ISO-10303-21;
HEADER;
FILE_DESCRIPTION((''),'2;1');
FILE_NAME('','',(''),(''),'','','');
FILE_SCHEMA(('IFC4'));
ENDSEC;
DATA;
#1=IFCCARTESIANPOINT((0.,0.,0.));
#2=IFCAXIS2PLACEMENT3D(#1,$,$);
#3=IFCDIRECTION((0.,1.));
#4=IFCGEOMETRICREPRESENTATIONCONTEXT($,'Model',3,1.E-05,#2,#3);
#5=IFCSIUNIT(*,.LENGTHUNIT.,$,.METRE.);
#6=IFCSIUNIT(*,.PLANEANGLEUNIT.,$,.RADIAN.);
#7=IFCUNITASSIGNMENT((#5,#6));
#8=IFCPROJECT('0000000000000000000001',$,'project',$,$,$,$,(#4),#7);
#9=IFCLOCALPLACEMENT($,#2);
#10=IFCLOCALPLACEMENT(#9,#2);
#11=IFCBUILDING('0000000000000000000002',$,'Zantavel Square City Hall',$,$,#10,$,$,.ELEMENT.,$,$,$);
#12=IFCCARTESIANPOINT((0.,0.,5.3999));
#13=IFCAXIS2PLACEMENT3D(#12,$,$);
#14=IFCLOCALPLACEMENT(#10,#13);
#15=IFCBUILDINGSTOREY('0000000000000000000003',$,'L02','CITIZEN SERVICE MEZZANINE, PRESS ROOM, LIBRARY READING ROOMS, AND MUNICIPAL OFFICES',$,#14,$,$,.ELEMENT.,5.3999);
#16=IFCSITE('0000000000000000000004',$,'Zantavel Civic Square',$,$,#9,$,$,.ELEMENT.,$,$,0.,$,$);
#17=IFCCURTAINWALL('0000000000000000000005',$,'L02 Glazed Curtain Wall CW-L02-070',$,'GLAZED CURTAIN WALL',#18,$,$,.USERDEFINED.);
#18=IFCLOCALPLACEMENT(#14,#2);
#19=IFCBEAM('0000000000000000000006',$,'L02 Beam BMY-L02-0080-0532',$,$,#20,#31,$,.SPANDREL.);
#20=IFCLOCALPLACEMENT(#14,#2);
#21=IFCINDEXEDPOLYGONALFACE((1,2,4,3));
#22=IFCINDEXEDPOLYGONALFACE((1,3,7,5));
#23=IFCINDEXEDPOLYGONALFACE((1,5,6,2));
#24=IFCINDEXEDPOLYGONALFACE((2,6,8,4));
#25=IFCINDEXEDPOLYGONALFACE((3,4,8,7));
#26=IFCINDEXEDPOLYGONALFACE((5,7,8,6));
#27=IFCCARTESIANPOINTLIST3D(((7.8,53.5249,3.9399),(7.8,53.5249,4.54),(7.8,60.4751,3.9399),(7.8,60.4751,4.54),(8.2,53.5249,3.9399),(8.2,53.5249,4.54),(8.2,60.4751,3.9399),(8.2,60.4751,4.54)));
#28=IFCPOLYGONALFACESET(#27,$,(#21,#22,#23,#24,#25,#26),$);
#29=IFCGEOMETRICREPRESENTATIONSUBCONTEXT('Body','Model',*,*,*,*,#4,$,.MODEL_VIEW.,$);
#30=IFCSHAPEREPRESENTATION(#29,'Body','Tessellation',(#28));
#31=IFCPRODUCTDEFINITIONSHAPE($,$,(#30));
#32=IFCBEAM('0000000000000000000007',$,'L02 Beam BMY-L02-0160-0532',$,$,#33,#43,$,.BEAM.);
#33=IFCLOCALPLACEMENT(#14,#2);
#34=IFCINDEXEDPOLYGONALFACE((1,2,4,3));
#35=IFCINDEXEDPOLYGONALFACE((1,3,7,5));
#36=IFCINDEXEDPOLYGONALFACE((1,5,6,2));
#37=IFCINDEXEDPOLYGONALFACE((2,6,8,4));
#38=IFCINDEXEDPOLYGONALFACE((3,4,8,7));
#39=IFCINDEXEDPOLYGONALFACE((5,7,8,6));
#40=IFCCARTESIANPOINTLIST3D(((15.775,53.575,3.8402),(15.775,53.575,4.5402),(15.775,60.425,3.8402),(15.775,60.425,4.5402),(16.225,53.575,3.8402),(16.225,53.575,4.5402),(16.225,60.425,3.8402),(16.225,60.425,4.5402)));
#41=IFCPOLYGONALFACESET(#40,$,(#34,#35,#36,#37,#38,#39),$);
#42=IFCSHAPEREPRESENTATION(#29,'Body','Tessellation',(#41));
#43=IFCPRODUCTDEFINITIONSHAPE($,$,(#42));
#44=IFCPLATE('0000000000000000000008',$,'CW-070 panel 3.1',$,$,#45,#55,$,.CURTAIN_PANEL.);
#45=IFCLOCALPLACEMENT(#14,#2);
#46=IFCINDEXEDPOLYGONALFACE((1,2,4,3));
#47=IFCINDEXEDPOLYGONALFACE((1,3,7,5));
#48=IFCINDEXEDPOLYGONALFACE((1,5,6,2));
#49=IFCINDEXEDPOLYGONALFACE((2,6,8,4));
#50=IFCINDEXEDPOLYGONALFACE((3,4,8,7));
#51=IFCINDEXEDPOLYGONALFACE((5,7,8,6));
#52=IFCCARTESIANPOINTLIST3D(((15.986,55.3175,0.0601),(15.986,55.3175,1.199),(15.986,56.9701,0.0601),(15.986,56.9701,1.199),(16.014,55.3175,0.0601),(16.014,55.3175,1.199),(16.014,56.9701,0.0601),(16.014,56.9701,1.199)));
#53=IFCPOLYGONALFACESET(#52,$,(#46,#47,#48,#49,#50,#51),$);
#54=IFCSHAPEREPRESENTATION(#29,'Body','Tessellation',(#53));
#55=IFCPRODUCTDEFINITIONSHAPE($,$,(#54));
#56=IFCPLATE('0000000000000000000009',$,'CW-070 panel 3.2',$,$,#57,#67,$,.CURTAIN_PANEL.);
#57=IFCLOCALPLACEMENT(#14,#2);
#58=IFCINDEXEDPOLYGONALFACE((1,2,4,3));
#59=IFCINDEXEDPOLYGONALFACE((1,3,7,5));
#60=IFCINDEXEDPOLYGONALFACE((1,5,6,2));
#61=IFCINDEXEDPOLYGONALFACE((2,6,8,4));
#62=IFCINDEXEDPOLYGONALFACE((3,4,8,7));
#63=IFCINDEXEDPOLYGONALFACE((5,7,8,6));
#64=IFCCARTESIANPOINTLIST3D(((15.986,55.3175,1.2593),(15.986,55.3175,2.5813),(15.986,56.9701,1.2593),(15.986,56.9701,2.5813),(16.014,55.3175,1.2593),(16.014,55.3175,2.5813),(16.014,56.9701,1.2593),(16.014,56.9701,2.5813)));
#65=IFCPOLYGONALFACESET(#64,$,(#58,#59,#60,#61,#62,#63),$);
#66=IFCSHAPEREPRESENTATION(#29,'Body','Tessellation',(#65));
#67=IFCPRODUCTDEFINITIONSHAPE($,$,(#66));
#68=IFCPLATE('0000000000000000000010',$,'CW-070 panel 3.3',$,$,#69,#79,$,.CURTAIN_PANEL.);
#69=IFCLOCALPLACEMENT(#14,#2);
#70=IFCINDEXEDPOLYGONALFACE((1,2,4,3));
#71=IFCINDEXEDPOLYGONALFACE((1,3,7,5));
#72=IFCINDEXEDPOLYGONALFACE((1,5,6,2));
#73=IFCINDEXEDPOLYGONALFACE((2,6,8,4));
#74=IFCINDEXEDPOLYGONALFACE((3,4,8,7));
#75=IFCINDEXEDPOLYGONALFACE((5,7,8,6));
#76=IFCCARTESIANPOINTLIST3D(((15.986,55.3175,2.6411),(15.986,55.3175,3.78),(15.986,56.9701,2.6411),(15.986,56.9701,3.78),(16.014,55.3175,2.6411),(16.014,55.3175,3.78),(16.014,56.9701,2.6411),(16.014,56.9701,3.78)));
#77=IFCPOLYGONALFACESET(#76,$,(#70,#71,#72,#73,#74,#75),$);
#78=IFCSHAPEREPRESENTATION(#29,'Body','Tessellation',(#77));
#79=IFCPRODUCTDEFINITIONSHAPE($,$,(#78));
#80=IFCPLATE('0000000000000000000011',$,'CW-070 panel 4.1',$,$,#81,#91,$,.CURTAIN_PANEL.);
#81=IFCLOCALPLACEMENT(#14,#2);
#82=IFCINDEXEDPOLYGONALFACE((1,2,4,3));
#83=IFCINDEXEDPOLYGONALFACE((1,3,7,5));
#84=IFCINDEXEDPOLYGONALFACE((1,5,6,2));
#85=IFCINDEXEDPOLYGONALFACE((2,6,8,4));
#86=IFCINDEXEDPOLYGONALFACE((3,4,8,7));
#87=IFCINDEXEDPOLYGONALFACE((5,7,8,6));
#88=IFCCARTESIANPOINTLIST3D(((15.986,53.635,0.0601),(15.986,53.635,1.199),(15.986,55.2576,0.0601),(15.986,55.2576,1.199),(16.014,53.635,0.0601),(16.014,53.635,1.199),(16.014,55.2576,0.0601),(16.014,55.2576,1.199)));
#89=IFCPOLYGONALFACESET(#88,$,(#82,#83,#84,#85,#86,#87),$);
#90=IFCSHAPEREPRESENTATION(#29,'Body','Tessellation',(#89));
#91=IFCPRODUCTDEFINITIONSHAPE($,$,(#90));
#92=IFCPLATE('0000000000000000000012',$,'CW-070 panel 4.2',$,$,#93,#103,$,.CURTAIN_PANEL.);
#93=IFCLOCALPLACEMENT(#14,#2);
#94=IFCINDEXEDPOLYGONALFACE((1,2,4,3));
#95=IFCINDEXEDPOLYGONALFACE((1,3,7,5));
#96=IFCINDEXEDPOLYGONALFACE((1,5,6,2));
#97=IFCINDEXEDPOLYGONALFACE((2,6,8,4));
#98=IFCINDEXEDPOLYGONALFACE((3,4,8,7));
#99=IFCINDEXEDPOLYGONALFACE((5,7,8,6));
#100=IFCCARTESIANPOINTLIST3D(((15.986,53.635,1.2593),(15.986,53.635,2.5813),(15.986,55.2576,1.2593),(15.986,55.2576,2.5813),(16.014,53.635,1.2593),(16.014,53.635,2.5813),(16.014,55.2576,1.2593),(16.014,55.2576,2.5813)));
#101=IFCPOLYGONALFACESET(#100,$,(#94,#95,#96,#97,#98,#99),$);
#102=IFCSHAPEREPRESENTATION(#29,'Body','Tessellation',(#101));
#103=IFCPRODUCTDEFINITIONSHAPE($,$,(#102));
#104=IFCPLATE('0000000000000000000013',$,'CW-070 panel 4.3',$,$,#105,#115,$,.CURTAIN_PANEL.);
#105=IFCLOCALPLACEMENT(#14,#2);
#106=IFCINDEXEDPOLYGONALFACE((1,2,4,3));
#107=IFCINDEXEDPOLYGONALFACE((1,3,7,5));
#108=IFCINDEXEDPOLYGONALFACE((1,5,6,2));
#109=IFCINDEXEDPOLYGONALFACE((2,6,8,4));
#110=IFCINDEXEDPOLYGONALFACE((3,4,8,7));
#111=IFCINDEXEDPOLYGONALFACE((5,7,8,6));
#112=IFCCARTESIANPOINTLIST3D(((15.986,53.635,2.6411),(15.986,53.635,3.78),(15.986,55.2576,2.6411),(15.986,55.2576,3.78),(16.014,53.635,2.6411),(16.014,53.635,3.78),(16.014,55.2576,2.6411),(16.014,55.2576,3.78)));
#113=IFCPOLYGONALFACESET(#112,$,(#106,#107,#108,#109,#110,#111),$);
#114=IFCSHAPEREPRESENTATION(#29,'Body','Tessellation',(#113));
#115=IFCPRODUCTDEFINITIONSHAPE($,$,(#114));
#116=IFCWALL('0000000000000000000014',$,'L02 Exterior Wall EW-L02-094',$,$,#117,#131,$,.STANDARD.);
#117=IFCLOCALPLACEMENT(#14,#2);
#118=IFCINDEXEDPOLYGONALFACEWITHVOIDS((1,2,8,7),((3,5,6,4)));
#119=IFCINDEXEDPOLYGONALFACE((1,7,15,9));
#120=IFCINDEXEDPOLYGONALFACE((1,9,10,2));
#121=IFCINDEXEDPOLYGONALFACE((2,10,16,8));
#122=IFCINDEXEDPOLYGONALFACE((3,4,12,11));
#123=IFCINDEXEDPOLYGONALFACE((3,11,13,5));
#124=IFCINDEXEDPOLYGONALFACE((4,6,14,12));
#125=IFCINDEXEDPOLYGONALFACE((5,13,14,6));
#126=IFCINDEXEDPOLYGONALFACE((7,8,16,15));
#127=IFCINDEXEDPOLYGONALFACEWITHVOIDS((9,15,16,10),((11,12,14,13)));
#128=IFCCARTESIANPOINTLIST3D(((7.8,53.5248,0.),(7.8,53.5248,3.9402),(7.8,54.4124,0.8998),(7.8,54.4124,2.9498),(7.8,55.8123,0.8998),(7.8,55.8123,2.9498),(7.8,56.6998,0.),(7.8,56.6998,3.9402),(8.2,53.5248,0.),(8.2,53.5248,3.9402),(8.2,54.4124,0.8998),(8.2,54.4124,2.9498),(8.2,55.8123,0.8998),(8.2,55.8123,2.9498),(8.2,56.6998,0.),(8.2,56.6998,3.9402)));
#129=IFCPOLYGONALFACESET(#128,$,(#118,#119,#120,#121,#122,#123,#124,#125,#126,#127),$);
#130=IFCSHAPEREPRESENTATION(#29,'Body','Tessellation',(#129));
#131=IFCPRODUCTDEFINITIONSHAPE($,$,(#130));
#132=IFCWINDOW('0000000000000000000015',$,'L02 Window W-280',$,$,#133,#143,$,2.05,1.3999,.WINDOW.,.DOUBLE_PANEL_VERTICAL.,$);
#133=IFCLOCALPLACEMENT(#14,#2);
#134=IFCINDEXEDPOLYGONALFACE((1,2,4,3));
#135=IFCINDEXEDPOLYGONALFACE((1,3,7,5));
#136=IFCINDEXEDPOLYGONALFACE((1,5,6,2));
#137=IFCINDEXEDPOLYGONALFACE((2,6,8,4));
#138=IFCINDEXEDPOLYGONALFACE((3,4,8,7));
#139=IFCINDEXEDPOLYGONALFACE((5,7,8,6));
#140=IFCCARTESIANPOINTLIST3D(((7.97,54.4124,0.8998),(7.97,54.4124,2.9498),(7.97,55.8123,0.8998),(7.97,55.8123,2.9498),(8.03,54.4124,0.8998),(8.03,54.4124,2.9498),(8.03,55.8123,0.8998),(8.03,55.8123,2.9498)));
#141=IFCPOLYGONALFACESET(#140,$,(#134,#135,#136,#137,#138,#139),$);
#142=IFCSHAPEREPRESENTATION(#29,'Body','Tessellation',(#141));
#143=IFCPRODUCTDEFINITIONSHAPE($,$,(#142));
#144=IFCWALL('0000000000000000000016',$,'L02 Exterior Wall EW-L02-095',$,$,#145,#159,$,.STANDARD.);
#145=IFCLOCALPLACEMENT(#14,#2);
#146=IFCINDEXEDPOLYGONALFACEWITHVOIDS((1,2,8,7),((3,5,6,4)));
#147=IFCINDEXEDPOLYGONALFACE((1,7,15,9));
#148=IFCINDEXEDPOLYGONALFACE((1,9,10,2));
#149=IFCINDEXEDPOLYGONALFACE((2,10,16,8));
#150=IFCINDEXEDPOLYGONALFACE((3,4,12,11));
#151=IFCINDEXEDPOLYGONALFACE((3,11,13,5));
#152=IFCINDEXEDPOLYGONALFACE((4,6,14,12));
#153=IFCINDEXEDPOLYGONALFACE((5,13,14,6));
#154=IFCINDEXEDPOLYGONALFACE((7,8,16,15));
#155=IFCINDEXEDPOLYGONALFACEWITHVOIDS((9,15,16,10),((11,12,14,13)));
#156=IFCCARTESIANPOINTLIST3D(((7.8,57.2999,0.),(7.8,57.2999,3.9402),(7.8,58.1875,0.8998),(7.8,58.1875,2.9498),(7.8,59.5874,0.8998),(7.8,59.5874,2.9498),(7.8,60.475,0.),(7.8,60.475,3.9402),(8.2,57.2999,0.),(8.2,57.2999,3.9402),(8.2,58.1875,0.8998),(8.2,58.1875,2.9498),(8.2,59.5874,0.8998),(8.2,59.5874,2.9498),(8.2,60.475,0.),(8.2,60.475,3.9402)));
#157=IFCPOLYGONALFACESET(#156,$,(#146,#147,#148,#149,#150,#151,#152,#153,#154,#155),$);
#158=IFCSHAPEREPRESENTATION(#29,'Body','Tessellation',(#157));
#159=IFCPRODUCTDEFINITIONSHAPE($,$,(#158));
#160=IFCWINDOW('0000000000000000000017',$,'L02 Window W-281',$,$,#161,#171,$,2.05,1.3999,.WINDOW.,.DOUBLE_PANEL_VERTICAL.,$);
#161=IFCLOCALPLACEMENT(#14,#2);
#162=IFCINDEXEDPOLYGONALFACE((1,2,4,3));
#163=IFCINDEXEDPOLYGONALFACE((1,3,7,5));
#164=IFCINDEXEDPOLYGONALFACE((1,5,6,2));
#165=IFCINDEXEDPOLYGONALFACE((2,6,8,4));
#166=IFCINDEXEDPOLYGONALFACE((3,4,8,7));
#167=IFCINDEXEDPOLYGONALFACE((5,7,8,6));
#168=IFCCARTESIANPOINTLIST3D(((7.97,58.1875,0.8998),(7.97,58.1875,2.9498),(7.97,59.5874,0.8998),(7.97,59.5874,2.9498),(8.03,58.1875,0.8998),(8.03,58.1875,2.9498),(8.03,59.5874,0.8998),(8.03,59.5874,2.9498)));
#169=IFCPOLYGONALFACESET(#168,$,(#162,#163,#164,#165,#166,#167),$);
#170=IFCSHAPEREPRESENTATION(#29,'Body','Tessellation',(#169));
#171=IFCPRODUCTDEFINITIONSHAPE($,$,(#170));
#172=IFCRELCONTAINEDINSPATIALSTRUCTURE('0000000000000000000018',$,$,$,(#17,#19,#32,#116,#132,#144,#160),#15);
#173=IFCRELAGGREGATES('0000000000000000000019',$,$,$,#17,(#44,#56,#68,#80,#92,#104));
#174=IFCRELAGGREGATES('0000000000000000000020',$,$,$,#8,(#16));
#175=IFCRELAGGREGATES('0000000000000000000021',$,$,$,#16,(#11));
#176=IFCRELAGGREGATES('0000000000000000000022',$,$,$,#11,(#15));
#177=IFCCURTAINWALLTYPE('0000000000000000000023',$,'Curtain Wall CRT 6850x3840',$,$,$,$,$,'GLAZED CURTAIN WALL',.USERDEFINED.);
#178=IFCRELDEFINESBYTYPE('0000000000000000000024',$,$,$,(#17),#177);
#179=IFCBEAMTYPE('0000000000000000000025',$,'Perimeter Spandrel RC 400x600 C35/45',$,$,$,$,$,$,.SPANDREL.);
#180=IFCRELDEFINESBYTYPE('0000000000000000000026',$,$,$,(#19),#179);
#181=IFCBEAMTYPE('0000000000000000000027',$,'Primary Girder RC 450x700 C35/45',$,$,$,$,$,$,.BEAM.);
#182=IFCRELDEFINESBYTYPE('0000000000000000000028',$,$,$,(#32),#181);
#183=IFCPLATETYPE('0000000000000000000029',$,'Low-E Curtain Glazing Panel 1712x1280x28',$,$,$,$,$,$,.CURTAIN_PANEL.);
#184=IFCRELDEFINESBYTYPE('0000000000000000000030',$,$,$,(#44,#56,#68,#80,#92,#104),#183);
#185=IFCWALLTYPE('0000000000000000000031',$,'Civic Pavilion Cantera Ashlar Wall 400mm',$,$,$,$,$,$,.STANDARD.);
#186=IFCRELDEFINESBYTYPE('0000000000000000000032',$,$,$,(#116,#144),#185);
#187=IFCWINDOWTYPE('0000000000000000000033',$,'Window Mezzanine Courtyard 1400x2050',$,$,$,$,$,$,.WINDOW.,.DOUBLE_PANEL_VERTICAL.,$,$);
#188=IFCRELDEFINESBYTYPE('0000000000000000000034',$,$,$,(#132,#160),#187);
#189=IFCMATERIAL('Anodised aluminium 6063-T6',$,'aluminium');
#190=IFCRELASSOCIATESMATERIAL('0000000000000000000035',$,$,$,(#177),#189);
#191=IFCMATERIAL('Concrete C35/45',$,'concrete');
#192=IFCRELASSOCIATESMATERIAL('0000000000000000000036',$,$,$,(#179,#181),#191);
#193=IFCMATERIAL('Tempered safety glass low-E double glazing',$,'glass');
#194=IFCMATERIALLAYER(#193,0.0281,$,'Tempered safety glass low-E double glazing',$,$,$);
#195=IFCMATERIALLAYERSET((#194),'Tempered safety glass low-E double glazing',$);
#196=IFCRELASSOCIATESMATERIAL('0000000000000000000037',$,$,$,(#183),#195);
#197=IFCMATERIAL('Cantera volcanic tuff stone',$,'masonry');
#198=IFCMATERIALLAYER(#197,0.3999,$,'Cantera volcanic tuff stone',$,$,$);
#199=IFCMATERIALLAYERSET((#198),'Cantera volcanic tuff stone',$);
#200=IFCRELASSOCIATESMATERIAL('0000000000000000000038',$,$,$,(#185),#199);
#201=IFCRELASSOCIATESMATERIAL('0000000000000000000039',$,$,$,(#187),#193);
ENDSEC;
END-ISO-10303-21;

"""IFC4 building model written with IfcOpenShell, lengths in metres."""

from ifc_helpers import new_model, si_unit, direction, frame, frame_2d, origin, origin_2d, place, context, subcontext, project, spatial, rectangle, extrude, material, layer, layer_set, material_profile, profile_set, type_object, element, fill, aggregate, save


model = new_model("IFC4")

# Units and contexts
model_context = context("Model", 3, precision=1e-05, world=origin(), true_north=direction((0.0, 1.0)))
body_context = subcontext(model_context, "Body", "Model", "MODEL_VIEW")
ifc_project = project(units=[si_unit("LENGTHUNIT", "METRE"), si_unit("PLANEANGLEUNIT", "RADIAN")], contexts=[model_context])

# Site, building, storey
site_placement = place(None, origin())
site = spatial("IfcSite", under=ifc_project, at=site_placement, Name="Zantavel Civic Square", CompositionType="ELEMENT", RefElevation=0.0)
building_placement = place(site_placement, origin())
building = spatial("IfcBuilding", under=site, at=building_placement, Name="Zantavel Square City Hall", CompositionType="ELEMENT")
storey_placement = place(building_placement, frame((0.0, 0.0, 5.3999)))
storey = spatial("IfcBuildingStorey", under=building, at=storey_placement, Name="L02", Description="CITIZEN SERVICE MEZZANINE, PRESS ROOM, LIBRARY READING ROOMS, AND MUNICIPAL OFFICES", CompositionType="ELEMENT", Elevation=5.3999)

# Curtain wall
ifc_material_1 = material(Name="Anodised aluminium 6063-T6", Category="aluminium")
curtain_wall_type = type_object("IfcCurtainWallType", Name="Curtain Wall CRT 6850x3840", ElementType="GLAZED CURTAIN WALL", PredefinedType="USERDEFINED", material=ifc_material_1)
curtain_wall_placement = place(storey_placement, origin())
curtain_wall = element("IfcCurtainWall", 1, at=curtain_wall_placement, inside=storey, type_object=curtain_wall_type, Name="L02 Glazed Curtain Wall CW-L02-070", ObjectType="GLAZED CURTAIN WALL", PredefinedType="USERDEFINED")

# Beams
ifc_material_2 = material(Name="Concrete C35/45", Category="concrete")
ifc_material_profile_1 = material_profile(ifc_material_2, rectangle(XDim=0.3999, YDim=0.6001, at=origin_2d()), Name="RC 400x600")
ifc_profile_set_1 = profile_set([ifc_material_profile_1], Name="Concrete C35/45")
beam_type_1 = type_object("IfcBeamType", Name="Perimeter Spandrel RC 400x600 C35/45", PredefinedType="SPANDREL", material=ifc_profile_set_1)
beam_1_placement = place(storey_placement, frame((8.0, 53.5249, 4.24), z_axis=(0.0, 1.0, 0.0), x_axis=(-1.0, 0.0, 0.0)))
element("IfcBeam", 2, at=beam_1_placement, inside=storey, type_object=beam_type_1, Name="L02 Beam BMY-L02-0080-0532", PredefinedType="SPANDREL", context=body_context, shape_type="SweptSolid", body=[
    extrude(rectangle(XDim=0.3999, YDim=0.6001, at=origin_2d()), origin(), (0.0, 0.0, 1.0), 6.9502),
])
ifc_material_profile_2 = material_profile(ifc_material_2, rectangle(XDim=0.45, YDim=0.7, at=origin_2d()), Name="RC 450x700")
ifc_profile_set_2 = profile_set([ifc_material_profile_2], Name="Concrete C35/45")
beam_type_2 = type_object("IfcBeamType", Name="Primary Girder RC 450x700 C35/45", PredefinedType="BEAM", material=ifc_profile_set_2)
beam_2_placement = place(storey_placement, frame((16.0, 53.575, 4.1902), z_axis=(0.0, 1.0, 0.0), x_axis=(-1.0, 0.0, 0.0)))
element("IfcBeam", 3, at=beam_2_placement, inside=storey, type_object=beam_type_2, Name="L02 Beam BMY-L02-0160-0532", PredefinedType="BEAM", context=body_context, shape_type="SweptSolid", body=[
    extrude(rectangle(XDim=0.45, YDim=0.7, at=origin_2d()), origin(), (0.0, 0.0, 1.0), 6.8501),
])

# Plates
ifc_material_3 = material(Name="Tempered safety glass low-E double glazing", Category="glass")
ifc_layer_1 = layer(ifc_material_3, 0.0281, Name="Tempered safety glass low-E double glazing")
ifc_layer_set_1 = layer_set([ifc_layer_1], Name="Tempered safety glass low-E double glazing")
plate_type = type_object("IfcPlateType", Name="Low-E Curtain Glazing Panel 1712x1280x28", PredefinedType="CURTAIN_PANEL", material=ifc_layer_set_1)
plate_1_placement = place(storey_placement, frame((16.0, 56.1438, 0.0601), z_axis=(0.0, 0.0, 1.0), x_axis=(0.0, -1.0, 0.0)))
plate_1 = element("IfcPlate", 4, at=plate_1_placement, type_object=plate_type, Name="CW-070 panel 3.1", PredefinedType="CURTAIN_PANEL", context=body_context, shape_type="SweptSolid", body=[
    extrude(rectangle(XDim=1.6526, YDim=0.0281, at=origin_2d()), origin(), (0.0, 0.0, 1.0), 1.1389),
])
plate_2_placement = place(storey_placement, frame((16.0, 56.1438, 1.2593), z_axis=(0.0, 0.0, 1.0), x_axis=(0.0, -1.0, 0.0)))
plate_2 = element("IfcPlate", 5, at=plate_2_placement, type_object=plate_type, Name="CW-070 panel 3.2", PredefinedType="CURTAIN_PANEL", context=body_context, shape_type="SweptSolid", body=[
    extrude(rectangle(XDim=1.6526, YDim=0.0281, at=origin_2d()), origin(), (0.0, 0.0, 1.0), 1.322),
])
plate_3_placement = place(storey_placement, frame((16.0, 56.1438, 2.6411), z_axis=(0.0, 0.0, 1.0), x_axis=(0.0, -1.0, 0.0)))
plate_3 = element("IfcPlate", 6, at=plate_3_placement, type_object=plate_type, Name="CW-070 panel 3.3", PredefinedType="CURTAIN_PANEL", context=body_context, shape_type="SweptSolid", body=[
    extrude(rectangle(XDim=1.6526, YDim=0.0281, at=origin_2d()), origin(), (0.0, 0.0, 1.0), 1.1389),
])
plate_4_placement = place(storey_placement, frame((16.0, 54.4463, 0.0601), z_axis=(0.0, 0.0, 1.0), x_axis=(0.0, -1.0, 0.0)))
plate_4 = element("IfcPlate", 7, at=plate_4_placement, type_object=plate_type, Name="CW-070 panel 4.1", PredefinedType="CURTAIN_PANEL", context=body_context, shape_type="SweptSolid", body=[
    extrude(rectangle(XDim=1.6226, YDim=0.0281, at=origin_2d()), origin(), (0.0, 0.0, 1.0), 1.1389),
])
plate_5_placement = place(storey_placement, frame((16.0, 54.4463, 1.2593), z_axis=(0.0, 0.0, 1.0), x_axis=(0.0, -1.0, 0.0)))
plate_5 = element("IfcPlate", 8, at=plate_5_placement, type_object=plate_type, Name="CW-070 panel 4.2", PredefinedType="CURTAIN_PANEL", context=body_context, shape_type="SweptSolid", body=[
    extrude(rectangle(XDim=1.6226, YDim=0.0281, at=origin_2d()), origin(), (0.0, 0.0, 1.0), 1.322),
])
plate_6_placement = place(storey_placement, frame((16.0, 54.4463, 2.6411), z_axis=(0.0, 0.0, 1.0), x_axis=(0.0, -1.0, 0.0)))
plate_6 = element("IfcPlate", 9, at=plate_6_placement, type_object=plate_type, Name="CW-070 panel 4.3", PredefinedType="CURTAIN_PANEL", context=body_context, shape_type="SweptSolid", body=[
    extrude(rectangle(XDim=1.6226, YDim=0.0281, at=origin_2d()), origin(), (0.0, 0.0, 1.0), 1.1389),
])
aggregate(curtain_wall, [plate_1, plate_2, plate_3, plate_4, plate_5, plate_6])

# Walls, openings, windows
ifc_material_4 = material(Name="Cantera volcanic tuff stone", Category="masonry")
ifc_layer_2 = layer(ifc_material_4, 0.3999, Name="Cantera volcanic tuff stone")
ifc_layer_set_2 = layer_set([ifc_layer_2], Name="Cantera volcanic tuff stone")
wall_type = type_object("IfcWallType", Name="Civic Pavilion Cantera Ashlar Wall 400mm", PredefinedType="STANDARD", material=ifc_layer_set_2)
wall_1_placement = place(storey_placement, frame((8.0, 53.5249, 0.0), z_axis=(0.0, 0.0, 1.0), x_axis=(0.0, 1.0, 0.0)))
wall_1 = element("IfcWall", 10, at=wall_1_placement, inside=storey, type_object=wall_type, Name="L02 Exterior Wall EW-L02-094", PredefinedType="STANDARD", context=body_context, shape_type="SweptSolid", body=[
    extrude(rectangle(XDim=3.175, YDim=0.3999, at=frame_2d((1.5874, 0.0))), origin(), (0.0, 0.0, 1.0), 3.9402),
])
opening_1_placement = place(wall_1_placement, frame((0.8875, 0.0, 0.8999)))
opening_1 = element("IfcOpeningElement", 11, at=opening_1_placement, cuts=wall_1, PredefinedType="OPENING", context=body_context, shape_type="SweptSolid", body=[
    extrude(rectangle(XDim=1.3999, YDim=2.05, at=frame_2d((0.7, 1.0249))), frame((0.0, 0.21, 0.0), z_axis=(0.0, -1.0, 0.0), x_axis=(1.0, 0.0, 0.0)), (0.0, 0.0, 1.0), 0.4199),
])
window_type = type_object("IfcWindowType", Name="Window Mezzanine Courtyard 1400x2050", PartitioningType="DOUBLE_PANEL_VERTICAL", PredefinedType="WINDOW", material=ifc_material_3)
window_1_placement = place(opening_1_placement, origin())
window_1 = element("IfcWindow", 12, at=window_1_placement, inside=storey, type_object=window_type, Name="L02 Window W-280", OverallHeight=2.05, OverallWidth=1.3999, PartitioningType="DOUBLE_PANEL_VERTICAL", PredefinedType="WINDOW", context=body_context, shape_type="SweptSolid", body=[
    extrude(rectangle(XDim=1.3999, YDim=2.05, at=frame_2d((0.7, 1.0249))), frame((0.0, 0.03, 0.0), z_axis=(0.0, -1.0, 0.0), x_axis=(1.0, 0.0, 0.0)), (0.0, 0.0, 1.0), 0.0601),
])
fill(opening_1, window_1)
wall_2_placement = place(storey_placement, frame((8.0, 57.3, 0.0), z_axis=(0.0, 0.0, 1.0), x_axis=(0.0, 1.0, 0.0)))
wall_2 = element("IfcWall", 13, at=wall_2_placement, inside=storey, type_object=wall_type, Name="L02 Exterior Wall EW-L02-095", PredefinedType="STANDARD", context=body_context, shape_type="SweptSolid", body=[
    extrude(rectangle(XDim=3.175, YDim=0.3999, at=frame_2d((1.5874, 0.0))), origin(), (0.0, 0.0, 1.0), 3.9402),
])
opening_2_placement = place(wall_2_placement, frame((0.8875, 0.0, 0.8999)))
opening_2 = element("IfcOpeningElement", 14, at=opening_2_placement, cuts=wall_2, PredefinedType="OPENING", context=body_context, shape_type="SweptSolid", body=[
    extrude(rectangle(XDim=1.3999, YDim=2.05, at=frame_2d((0.7, 1.0249))), frame((0.0, 0.21, 0.0), z_axis=(0.0, -1.0, 0.0), x_axis=(1.0, 0.0, 0.0)), (0.0, 0.0, 1.0), 0.4199),
])
window_2_placement = place(opening_2_placement, origin())
window_2 = element("IfcWindow", 15, at=window_2_placement, inside=storey, type_object=window_type, Name="L02 Window W-281", OverallHeight=2.05, OverallWidth=1.3999, PartitioningType="DOUBLE_PANEL_VERTICAL", PredefinedType="WINDOW", context=body_context, shape_type="SweptSolid", body=[
    extrude(rectangle(XDim=1.3999, YDim=2.05, at=frame_2d((0.7, 1.0249))), frame((0.0, 0.03, 0.0), z_axis=(0.0, -1.0, 0.0), x_axis=(1.0, 0.0, 0.0)), (0.0, 0.0, 1.0), 0.0601),
])
fill(opening_2, window_2)

save(model, "model.ifc")
